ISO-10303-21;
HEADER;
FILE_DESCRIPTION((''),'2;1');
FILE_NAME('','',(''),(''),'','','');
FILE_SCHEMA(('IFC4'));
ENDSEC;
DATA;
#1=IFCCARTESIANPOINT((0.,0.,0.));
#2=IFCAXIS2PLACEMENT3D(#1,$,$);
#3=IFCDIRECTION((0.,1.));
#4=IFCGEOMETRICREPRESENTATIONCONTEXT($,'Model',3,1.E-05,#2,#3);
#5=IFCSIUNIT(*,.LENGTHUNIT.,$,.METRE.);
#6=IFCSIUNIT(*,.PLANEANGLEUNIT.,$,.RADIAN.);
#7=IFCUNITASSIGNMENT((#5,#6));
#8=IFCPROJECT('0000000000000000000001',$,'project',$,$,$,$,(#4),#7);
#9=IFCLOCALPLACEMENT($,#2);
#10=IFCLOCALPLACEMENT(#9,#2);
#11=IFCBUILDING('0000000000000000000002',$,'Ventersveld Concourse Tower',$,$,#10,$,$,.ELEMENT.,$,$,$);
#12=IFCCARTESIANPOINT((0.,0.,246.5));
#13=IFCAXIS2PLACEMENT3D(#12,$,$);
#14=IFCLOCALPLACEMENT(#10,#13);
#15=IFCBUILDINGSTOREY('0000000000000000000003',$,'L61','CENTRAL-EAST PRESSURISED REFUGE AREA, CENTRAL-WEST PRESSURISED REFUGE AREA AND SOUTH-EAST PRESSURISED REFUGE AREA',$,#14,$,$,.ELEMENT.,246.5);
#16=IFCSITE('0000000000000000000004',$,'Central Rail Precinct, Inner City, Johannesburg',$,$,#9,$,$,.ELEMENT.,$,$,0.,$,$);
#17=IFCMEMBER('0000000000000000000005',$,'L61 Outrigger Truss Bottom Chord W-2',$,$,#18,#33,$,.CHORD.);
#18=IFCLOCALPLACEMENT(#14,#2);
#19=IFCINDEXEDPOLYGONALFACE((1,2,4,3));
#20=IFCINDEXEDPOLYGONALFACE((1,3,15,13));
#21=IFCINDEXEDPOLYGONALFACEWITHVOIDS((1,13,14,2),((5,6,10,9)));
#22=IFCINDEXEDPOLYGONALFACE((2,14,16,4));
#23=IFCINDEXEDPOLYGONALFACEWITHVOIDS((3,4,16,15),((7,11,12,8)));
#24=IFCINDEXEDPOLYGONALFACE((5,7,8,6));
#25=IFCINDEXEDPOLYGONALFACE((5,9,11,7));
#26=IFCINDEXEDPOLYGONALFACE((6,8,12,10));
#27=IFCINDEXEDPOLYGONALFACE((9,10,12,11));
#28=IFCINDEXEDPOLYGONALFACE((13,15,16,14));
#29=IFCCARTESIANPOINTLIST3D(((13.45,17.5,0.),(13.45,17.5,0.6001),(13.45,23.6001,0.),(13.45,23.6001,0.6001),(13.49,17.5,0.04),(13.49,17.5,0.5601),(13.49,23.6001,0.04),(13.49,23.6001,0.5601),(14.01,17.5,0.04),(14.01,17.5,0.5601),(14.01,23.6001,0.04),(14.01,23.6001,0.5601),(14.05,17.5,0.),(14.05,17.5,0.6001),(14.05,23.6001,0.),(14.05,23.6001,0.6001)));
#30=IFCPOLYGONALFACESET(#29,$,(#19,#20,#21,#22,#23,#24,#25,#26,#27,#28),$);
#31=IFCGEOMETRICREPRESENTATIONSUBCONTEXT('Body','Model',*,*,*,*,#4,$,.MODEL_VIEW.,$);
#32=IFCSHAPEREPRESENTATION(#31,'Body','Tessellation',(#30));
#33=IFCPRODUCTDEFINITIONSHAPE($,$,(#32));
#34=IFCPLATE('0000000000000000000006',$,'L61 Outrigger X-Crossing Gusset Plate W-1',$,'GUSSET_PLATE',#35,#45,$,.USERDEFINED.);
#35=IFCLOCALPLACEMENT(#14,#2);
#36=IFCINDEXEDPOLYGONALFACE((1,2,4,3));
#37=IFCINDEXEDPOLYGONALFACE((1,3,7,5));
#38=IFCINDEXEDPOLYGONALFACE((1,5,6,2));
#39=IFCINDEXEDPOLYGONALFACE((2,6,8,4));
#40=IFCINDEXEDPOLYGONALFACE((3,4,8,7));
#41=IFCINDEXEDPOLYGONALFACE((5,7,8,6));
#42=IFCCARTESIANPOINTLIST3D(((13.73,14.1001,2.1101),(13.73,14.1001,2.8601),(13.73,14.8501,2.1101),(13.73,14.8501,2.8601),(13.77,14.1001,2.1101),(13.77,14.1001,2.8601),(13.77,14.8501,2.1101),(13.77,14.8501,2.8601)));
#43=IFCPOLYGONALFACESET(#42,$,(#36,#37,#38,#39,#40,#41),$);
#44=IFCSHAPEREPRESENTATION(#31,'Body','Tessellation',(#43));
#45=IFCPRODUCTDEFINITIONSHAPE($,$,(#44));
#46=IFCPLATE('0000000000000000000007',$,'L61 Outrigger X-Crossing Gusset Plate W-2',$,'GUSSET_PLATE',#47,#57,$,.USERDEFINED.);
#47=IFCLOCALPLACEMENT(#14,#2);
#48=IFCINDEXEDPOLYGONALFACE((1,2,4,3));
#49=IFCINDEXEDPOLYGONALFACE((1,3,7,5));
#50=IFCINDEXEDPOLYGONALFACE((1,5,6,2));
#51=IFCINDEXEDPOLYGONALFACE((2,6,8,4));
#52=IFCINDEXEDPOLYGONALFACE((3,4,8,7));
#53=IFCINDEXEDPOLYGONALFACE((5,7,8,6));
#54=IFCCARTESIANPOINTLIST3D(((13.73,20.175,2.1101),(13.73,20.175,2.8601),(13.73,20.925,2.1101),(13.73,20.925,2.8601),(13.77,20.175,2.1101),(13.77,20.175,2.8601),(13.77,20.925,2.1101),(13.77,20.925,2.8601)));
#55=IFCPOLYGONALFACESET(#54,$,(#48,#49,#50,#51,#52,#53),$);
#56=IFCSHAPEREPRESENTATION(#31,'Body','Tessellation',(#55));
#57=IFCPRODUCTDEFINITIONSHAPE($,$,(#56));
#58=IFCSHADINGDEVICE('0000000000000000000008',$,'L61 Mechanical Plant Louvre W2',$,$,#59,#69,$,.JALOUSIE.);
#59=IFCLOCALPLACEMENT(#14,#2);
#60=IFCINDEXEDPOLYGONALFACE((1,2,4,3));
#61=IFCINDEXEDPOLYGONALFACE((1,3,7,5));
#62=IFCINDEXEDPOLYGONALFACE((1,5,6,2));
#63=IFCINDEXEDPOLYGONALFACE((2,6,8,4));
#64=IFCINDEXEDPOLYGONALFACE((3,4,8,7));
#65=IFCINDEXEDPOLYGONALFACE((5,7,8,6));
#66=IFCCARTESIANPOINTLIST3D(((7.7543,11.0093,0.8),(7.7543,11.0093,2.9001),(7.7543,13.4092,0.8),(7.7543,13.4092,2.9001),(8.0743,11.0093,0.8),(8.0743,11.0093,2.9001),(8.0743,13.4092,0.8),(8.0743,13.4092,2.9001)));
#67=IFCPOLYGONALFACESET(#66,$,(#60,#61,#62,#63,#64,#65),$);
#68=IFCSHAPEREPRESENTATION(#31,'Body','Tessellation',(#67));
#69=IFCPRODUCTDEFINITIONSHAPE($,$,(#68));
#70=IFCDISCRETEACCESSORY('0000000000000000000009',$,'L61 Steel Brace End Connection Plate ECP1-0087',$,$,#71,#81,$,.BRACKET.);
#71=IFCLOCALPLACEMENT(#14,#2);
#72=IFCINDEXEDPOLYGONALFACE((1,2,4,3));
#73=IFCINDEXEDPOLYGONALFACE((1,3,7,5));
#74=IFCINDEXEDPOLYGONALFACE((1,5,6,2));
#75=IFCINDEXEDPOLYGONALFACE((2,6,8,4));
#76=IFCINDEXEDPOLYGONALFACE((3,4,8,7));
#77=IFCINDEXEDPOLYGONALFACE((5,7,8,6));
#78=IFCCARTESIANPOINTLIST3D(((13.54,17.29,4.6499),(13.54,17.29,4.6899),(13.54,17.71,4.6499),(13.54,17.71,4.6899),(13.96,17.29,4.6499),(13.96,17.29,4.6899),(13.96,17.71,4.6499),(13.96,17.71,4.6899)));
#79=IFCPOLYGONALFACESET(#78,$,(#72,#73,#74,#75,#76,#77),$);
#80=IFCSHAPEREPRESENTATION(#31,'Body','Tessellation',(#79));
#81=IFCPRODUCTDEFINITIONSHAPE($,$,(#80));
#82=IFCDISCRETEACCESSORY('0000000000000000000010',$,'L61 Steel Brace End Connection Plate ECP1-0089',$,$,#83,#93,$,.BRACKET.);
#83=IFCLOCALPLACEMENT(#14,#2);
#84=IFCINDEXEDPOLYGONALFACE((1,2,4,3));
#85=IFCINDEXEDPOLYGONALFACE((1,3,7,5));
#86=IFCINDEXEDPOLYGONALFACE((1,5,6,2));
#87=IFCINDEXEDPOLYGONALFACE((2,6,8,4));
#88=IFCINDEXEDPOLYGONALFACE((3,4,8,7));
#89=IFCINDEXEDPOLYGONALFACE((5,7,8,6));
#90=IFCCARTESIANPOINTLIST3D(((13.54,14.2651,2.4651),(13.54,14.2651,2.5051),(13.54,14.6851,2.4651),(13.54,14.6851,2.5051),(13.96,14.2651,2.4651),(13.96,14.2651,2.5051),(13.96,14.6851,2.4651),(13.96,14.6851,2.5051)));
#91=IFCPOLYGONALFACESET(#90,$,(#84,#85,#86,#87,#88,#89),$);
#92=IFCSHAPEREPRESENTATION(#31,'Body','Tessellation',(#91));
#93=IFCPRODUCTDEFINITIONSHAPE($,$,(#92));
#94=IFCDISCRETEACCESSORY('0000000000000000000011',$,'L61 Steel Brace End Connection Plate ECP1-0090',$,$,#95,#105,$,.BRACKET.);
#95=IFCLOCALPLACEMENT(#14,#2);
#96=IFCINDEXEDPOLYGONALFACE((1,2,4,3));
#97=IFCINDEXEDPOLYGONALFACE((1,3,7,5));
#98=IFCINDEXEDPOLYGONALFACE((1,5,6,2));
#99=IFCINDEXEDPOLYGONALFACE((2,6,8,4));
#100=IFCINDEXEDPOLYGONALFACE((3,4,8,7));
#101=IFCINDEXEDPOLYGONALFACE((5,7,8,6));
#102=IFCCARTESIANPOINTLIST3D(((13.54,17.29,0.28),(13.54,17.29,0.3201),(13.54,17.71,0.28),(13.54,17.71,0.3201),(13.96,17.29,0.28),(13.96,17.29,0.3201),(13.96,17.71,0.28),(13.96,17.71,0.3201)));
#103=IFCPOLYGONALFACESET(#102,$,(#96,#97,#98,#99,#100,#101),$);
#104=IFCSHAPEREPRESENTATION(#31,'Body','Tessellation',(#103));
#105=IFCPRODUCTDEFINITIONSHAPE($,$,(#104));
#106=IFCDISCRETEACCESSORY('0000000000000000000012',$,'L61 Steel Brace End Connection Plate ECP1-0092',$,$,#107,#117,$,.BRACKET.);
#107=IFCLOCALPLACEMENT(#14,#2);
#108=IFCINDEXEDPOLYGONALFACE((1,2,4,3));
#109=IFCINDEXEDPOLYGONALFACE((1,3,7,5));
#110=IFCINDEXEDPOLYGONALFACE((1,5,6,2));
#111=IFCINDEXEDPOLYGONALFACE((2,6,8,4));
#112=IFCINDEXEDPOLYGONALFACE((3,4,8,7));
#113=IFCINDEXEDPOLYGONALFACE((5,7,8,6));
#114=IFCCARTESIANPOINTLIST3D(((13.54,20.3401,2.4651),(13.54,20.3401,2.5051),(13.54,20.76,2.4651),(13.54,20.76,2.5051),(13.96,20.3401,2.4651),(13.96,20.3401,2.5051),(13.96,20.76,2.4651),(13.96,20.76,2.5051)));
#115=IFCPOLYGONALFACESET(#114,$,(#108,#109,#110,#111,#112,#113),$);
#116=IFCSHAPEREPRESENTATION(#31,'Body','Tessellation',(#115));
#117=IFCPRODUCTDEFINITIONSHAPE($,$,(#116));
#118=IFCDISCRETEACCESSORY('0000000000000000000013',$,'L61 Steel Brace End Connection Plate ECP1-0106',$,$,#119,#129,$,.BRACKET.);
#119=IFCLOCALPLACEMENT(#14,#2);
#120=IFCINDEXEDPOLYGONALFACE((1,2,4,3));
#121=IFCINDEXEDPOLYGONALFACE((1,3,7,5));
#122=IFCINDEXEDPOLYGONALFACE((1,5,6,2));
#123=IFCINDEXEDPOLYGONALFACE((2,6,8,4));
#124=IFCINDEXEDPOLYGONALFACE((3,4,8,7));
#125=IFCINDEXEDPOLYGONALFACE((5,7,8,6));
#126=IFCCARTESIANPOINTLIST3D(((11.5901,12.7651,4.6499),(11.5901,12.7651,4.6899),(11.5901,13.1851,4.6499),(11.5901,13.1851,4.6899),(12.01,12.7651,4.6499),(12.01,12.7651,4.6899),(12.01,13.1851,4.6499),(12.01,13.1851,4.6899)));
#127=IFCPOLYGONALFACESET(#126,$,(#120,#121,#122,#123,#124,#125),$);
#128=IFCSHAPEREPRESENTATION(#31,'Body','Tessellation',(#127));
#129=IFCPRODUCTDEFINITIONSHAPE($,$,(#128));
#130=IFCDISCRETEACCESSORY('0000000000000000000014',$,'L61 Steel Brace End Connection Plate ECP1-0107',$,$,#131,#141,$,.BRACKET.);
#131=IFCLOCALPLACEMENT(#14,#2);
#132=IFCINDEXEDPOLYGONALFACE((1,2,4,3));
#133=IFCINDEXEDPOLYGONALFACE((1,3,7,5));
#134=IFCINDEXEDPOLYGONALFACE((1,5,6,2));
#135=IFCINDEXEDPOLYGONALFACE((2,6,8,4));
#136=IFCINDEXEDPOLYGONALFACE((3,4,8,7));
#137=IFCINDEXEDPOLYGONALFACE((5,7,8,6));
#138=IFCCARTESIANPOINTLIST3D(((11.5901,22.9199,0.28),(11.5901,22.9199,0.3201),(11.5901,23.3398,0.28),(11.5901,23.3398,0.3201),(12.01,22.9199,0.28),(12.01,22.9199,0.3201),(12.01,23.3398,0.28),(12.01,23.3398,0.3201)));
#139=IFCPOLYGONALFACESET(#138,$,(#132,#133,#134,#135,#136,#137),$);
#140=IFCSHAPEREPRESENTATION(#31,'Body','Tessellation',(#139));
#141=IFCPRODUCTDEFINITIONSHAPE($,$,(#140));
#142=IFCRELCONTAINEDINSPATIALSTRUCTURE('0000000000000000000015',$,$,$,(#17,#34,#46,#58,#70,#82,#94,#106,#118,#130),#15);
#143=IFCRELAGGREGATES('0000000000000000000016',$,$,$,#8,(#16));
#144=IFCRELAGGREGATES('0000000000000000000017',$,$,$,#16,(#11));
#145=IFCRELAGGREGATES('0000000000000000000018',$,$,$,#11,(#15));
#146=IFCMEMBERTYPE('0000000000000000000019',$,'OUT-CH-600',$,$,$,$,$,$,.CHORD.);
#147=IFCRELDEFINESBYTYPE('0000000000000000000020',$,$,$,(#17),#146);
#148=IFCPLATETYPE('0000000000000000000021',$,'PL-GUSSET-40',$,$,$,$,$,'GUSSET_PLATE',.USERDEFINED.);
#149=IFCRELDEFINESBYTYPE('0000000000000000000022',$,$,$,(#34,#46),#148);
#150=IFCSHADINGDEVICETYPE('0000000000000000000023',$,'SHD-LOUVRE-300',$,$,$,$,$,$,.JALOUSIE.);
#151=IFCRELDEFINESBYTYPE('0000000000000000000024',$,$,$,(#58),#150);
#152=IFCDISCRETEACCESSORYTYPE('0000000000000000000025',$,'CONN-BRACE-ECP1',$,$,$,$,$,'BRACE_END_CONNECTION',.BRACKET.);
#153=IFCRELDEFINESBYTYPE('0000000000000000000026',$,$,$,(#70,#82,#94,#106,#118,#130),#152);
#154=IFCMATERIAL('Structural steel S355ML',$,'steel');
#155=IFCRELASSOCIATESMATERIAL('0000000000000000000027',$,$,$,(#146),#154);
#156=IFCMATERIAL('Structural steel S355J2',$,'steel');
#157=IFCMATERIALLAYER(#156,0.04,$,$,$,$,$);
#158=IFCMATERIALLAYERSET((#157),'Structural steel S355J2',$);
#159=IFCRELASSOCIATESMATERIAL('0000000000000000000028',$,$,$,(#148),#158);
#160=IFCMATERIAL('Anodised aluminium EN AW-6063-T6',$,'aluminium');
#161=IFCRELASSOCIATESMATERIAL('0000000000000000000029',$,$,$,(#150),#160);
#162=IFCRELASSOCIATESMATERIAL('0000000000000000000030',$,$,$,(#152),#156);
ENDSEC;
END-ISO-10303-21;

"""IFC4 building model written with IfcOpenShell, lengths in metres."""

from ifc_helpers import new_model, si_unit, direction, frame, origin, origin_2d, place, context, subcontext, project, spatial, rectangle, hollow_rectangle, extrude, material, layer, layer_set, material_profile, profile_set, type_object, element, save


model = new_model("IFC4")

# Units and contexts
model_context = context("Model", 3, precision=1e-05, world=origin(), true_north=direction((0.0, 1.0)))
body_context = subcontext(model_context, "Body", "Model", "MODEL_VIEW")
ifc_project = project(units=[si_unit("LENGTHUNIT", "METRE"), si_unit("PLANEANGLEUNIT", "RADIAN")], contexts=[model_context])

# Site, building, storey
site_placement = place(None, origin())
site = spatial("IfcSite", under=ifc_project, at=site_placement, Name="Central Rail Precinct, Inner City, Johannesburg", CompositionType="ELEMENT", RefElevation=0.0)
building_placement = place(site_placement, origin())
building = spatial("IfcBuilding", under=site, at=building_placement, Name="Ventersveld Concourse Tower", CompositionType="ELEMENT")
storey_placement = place(building_placement, frame((0.0, 0.0, 246.5)))
storey = spatial("IfcBuildingStorey", under=building, at=storey_placement, Name="L61", Description="CENTRAL-EAST PRESSURISED REFUGE AREA, CENTRAL-WEST PRESSURISED REFUGE AREA AND SOUTH-EAST PRESSURISED REFUGE AREA", CompositionType="ELEMENT", Elevation=246.5)

# Shared definitions
ifc_material_1 = material(Name="Structural steel S355ML", Category="steel")

# Shared definitions
ifc_material_2 = material(Name="Structural steel S355J2", Category="steel")

# Member
ifc_material_profile_1 = material_profile(ifc_material_1, hollow_rectangle(XDim=0.6001, YDim=0.6001, WallThickness=0.04, at=origin_2d()), Name="BOX 600x600x40")
ifc_profile_set_1 = profile_set([ifc_material_profile_1], Name="Structural steel S355ML")
member_type_1 = type_object("IfcMemberType", Name="OUT-CH-600", PredefinedType="CHORD", material=ifc_profile_set_1)
member_1_placement = place(storey_placement, frame((13.75, 17.5, 0.3), z_axis=(0.0, 1.0, 0.0), x_axis=(-1.0, 0.0, 0.0)))
element("IfcMember", 1, at=member_1_placement, inside=storey, type_object=member_type_1, Name="L61 Outrigger Truss Bottom Chord W-2", PredefinedType="CHORD", context=body_context, shape_type="SweptSolid", body=[
    extrude(hollow_rectangle(XDim=0.6001, YDim=0.6001, WallThickness=0.04, at=origin_2d()), origin(), (0.0, 0.0, 1.0), 6.1001),
])

# Plates
ifc_layer = layer(ifc_material_2, 0.04)
ifc_layer_set = layer_set([ifc_layer], Name="Structural steel S355J2")
plate_type = type_object("IfcPlateType", Name="PL-GUSSET-40", ElementType="GUSSET_PLATE", PredefinedType="USERDEFINED", material=ifc_layer_set)
for number, where, z_axis, x_axis, name in (
    (2, (13.75, 14.4751, 2.1101), (0.0, 0.0, 1.0), (1.0, 0.0, 0.0), "L61 Outrigger X-Crossing Gusset Plate W-1"),
    (3, (13.75, 20.55, 2.1101), (0.0, 0.0, 1.0), (1.0, 0.0, 0.0), "L61 Outrigger X-Crossing Gusset Plate W-2"),
):
    element("IfcPlate", number, at=place(storey_placement, frame(where, z_axis=z_axis, x_axis=x_axis)), inside=storey, type_object=plate_type, Name=name, ObjectType="GUSSET_PLATE", PredefinedType="USERDEFINED", context=body_context, shape_type="SweptSolid", body=[
        extrude(rectangle(XDim=0.04, YDim=0.75, at=origin_2d()), origin(), (0.0, 0.0, 1.0), 0.75),
    ])

# Shading device
ifc_material_3 = material(Name="Anodised aluminium EN AW-6063-T6", Category="aluminium")
shading_device_type = type_object("IfcShadingDeviceType", Name="SHD-LOUVRE-300", PredefinedType="JALOUSIE", material=ifc_material_3)
shading_device_placement = place(storey_placement, frame((7.9143, 12.2092, 0.8), z_axis=(0.0, 0.0, 1.0), x_axis=(0.0, -1.0, 0.0)))
element("IfcShadingDevice", 4, at=shading_device_placement, inside=storey, type_object=shading_device_type, Name="L61 Mechanical Plant Louvre W2", PredefinedType="JALOUSIE", context=body_context, shape_type="SweptSolid", body=[
    extrude(rectangle(XDim=2.3999, YDim=0.3201, at=origin_2d()), origin(), (0.0, 0.0, 1.0), 2.1001),
])

# Discrete accessories
discrete_accessory_type = type_object("IfcDiscreteAccessoryType", Name="CONN-BRACE-ECP1", ElementType="BRACE_END_CONNECTION", PredefinedType="BRACKET", material=ifc_material_2)
for number, where, z_axis, x_axis, name in (
    (5, (13.75, 17.5, 4.6499), (0.0, 0.0, 1.0), (1.0, 0.0, 0.0), "L61 Steel Brace End Connection Plate ECP1-0087"),
    (6, (13.75, 14.4751, 2.4651), (0.0, 0.0, 1.0), (1.0, 0.0, 0.0), "L61 Steel Brace End Connection Plate ECP1-0089"),
    (7, (13.75, 17.5, 0.28), (0.0, 0.0, 1.0), (1.0, 0.0, 0.0), "L61 Steel Brace End Connection Plate ECP1-0090"),
    (8, (13.75, 20.55, 2.4651), (0.0, 0.0, 1.0), (1.0, 0.0, 0.0), "L61 Steel Brace End Connection Plate ECP1-0092"),
    (9, (11.8, 12.9751, 4.6499), (0.0, 0.0, 1.0), (1.0, 0.0, 0.0), "L61 Steel Brace End Connection Plate ECP1-0106"),
    (10, (11.8, 23.1299, 0.28), (0.0, 0.0, 1.0), (1.0, 0.0, 0.0), "L61 Steel Brace End Connection Plate ECP1-0107"),
):
    element("IfcDiscreteAccessory", number, at=place(storey_placement, frame(where, z_axis=z_axis, x_axis=x_axis)), inside=storey, type_object=discrete_accessory_type, Name=name, PredefinedType="BRACKET", context=body_context, shape_type="SweptSolid", body=[
        extrude(rectangle(XDim=0.4199, YDim=0.4199, at=origin_2d()), origin(), (0.0, 0.0, 1.0), 0.04),
    ])

save(model, "model.ifc")
